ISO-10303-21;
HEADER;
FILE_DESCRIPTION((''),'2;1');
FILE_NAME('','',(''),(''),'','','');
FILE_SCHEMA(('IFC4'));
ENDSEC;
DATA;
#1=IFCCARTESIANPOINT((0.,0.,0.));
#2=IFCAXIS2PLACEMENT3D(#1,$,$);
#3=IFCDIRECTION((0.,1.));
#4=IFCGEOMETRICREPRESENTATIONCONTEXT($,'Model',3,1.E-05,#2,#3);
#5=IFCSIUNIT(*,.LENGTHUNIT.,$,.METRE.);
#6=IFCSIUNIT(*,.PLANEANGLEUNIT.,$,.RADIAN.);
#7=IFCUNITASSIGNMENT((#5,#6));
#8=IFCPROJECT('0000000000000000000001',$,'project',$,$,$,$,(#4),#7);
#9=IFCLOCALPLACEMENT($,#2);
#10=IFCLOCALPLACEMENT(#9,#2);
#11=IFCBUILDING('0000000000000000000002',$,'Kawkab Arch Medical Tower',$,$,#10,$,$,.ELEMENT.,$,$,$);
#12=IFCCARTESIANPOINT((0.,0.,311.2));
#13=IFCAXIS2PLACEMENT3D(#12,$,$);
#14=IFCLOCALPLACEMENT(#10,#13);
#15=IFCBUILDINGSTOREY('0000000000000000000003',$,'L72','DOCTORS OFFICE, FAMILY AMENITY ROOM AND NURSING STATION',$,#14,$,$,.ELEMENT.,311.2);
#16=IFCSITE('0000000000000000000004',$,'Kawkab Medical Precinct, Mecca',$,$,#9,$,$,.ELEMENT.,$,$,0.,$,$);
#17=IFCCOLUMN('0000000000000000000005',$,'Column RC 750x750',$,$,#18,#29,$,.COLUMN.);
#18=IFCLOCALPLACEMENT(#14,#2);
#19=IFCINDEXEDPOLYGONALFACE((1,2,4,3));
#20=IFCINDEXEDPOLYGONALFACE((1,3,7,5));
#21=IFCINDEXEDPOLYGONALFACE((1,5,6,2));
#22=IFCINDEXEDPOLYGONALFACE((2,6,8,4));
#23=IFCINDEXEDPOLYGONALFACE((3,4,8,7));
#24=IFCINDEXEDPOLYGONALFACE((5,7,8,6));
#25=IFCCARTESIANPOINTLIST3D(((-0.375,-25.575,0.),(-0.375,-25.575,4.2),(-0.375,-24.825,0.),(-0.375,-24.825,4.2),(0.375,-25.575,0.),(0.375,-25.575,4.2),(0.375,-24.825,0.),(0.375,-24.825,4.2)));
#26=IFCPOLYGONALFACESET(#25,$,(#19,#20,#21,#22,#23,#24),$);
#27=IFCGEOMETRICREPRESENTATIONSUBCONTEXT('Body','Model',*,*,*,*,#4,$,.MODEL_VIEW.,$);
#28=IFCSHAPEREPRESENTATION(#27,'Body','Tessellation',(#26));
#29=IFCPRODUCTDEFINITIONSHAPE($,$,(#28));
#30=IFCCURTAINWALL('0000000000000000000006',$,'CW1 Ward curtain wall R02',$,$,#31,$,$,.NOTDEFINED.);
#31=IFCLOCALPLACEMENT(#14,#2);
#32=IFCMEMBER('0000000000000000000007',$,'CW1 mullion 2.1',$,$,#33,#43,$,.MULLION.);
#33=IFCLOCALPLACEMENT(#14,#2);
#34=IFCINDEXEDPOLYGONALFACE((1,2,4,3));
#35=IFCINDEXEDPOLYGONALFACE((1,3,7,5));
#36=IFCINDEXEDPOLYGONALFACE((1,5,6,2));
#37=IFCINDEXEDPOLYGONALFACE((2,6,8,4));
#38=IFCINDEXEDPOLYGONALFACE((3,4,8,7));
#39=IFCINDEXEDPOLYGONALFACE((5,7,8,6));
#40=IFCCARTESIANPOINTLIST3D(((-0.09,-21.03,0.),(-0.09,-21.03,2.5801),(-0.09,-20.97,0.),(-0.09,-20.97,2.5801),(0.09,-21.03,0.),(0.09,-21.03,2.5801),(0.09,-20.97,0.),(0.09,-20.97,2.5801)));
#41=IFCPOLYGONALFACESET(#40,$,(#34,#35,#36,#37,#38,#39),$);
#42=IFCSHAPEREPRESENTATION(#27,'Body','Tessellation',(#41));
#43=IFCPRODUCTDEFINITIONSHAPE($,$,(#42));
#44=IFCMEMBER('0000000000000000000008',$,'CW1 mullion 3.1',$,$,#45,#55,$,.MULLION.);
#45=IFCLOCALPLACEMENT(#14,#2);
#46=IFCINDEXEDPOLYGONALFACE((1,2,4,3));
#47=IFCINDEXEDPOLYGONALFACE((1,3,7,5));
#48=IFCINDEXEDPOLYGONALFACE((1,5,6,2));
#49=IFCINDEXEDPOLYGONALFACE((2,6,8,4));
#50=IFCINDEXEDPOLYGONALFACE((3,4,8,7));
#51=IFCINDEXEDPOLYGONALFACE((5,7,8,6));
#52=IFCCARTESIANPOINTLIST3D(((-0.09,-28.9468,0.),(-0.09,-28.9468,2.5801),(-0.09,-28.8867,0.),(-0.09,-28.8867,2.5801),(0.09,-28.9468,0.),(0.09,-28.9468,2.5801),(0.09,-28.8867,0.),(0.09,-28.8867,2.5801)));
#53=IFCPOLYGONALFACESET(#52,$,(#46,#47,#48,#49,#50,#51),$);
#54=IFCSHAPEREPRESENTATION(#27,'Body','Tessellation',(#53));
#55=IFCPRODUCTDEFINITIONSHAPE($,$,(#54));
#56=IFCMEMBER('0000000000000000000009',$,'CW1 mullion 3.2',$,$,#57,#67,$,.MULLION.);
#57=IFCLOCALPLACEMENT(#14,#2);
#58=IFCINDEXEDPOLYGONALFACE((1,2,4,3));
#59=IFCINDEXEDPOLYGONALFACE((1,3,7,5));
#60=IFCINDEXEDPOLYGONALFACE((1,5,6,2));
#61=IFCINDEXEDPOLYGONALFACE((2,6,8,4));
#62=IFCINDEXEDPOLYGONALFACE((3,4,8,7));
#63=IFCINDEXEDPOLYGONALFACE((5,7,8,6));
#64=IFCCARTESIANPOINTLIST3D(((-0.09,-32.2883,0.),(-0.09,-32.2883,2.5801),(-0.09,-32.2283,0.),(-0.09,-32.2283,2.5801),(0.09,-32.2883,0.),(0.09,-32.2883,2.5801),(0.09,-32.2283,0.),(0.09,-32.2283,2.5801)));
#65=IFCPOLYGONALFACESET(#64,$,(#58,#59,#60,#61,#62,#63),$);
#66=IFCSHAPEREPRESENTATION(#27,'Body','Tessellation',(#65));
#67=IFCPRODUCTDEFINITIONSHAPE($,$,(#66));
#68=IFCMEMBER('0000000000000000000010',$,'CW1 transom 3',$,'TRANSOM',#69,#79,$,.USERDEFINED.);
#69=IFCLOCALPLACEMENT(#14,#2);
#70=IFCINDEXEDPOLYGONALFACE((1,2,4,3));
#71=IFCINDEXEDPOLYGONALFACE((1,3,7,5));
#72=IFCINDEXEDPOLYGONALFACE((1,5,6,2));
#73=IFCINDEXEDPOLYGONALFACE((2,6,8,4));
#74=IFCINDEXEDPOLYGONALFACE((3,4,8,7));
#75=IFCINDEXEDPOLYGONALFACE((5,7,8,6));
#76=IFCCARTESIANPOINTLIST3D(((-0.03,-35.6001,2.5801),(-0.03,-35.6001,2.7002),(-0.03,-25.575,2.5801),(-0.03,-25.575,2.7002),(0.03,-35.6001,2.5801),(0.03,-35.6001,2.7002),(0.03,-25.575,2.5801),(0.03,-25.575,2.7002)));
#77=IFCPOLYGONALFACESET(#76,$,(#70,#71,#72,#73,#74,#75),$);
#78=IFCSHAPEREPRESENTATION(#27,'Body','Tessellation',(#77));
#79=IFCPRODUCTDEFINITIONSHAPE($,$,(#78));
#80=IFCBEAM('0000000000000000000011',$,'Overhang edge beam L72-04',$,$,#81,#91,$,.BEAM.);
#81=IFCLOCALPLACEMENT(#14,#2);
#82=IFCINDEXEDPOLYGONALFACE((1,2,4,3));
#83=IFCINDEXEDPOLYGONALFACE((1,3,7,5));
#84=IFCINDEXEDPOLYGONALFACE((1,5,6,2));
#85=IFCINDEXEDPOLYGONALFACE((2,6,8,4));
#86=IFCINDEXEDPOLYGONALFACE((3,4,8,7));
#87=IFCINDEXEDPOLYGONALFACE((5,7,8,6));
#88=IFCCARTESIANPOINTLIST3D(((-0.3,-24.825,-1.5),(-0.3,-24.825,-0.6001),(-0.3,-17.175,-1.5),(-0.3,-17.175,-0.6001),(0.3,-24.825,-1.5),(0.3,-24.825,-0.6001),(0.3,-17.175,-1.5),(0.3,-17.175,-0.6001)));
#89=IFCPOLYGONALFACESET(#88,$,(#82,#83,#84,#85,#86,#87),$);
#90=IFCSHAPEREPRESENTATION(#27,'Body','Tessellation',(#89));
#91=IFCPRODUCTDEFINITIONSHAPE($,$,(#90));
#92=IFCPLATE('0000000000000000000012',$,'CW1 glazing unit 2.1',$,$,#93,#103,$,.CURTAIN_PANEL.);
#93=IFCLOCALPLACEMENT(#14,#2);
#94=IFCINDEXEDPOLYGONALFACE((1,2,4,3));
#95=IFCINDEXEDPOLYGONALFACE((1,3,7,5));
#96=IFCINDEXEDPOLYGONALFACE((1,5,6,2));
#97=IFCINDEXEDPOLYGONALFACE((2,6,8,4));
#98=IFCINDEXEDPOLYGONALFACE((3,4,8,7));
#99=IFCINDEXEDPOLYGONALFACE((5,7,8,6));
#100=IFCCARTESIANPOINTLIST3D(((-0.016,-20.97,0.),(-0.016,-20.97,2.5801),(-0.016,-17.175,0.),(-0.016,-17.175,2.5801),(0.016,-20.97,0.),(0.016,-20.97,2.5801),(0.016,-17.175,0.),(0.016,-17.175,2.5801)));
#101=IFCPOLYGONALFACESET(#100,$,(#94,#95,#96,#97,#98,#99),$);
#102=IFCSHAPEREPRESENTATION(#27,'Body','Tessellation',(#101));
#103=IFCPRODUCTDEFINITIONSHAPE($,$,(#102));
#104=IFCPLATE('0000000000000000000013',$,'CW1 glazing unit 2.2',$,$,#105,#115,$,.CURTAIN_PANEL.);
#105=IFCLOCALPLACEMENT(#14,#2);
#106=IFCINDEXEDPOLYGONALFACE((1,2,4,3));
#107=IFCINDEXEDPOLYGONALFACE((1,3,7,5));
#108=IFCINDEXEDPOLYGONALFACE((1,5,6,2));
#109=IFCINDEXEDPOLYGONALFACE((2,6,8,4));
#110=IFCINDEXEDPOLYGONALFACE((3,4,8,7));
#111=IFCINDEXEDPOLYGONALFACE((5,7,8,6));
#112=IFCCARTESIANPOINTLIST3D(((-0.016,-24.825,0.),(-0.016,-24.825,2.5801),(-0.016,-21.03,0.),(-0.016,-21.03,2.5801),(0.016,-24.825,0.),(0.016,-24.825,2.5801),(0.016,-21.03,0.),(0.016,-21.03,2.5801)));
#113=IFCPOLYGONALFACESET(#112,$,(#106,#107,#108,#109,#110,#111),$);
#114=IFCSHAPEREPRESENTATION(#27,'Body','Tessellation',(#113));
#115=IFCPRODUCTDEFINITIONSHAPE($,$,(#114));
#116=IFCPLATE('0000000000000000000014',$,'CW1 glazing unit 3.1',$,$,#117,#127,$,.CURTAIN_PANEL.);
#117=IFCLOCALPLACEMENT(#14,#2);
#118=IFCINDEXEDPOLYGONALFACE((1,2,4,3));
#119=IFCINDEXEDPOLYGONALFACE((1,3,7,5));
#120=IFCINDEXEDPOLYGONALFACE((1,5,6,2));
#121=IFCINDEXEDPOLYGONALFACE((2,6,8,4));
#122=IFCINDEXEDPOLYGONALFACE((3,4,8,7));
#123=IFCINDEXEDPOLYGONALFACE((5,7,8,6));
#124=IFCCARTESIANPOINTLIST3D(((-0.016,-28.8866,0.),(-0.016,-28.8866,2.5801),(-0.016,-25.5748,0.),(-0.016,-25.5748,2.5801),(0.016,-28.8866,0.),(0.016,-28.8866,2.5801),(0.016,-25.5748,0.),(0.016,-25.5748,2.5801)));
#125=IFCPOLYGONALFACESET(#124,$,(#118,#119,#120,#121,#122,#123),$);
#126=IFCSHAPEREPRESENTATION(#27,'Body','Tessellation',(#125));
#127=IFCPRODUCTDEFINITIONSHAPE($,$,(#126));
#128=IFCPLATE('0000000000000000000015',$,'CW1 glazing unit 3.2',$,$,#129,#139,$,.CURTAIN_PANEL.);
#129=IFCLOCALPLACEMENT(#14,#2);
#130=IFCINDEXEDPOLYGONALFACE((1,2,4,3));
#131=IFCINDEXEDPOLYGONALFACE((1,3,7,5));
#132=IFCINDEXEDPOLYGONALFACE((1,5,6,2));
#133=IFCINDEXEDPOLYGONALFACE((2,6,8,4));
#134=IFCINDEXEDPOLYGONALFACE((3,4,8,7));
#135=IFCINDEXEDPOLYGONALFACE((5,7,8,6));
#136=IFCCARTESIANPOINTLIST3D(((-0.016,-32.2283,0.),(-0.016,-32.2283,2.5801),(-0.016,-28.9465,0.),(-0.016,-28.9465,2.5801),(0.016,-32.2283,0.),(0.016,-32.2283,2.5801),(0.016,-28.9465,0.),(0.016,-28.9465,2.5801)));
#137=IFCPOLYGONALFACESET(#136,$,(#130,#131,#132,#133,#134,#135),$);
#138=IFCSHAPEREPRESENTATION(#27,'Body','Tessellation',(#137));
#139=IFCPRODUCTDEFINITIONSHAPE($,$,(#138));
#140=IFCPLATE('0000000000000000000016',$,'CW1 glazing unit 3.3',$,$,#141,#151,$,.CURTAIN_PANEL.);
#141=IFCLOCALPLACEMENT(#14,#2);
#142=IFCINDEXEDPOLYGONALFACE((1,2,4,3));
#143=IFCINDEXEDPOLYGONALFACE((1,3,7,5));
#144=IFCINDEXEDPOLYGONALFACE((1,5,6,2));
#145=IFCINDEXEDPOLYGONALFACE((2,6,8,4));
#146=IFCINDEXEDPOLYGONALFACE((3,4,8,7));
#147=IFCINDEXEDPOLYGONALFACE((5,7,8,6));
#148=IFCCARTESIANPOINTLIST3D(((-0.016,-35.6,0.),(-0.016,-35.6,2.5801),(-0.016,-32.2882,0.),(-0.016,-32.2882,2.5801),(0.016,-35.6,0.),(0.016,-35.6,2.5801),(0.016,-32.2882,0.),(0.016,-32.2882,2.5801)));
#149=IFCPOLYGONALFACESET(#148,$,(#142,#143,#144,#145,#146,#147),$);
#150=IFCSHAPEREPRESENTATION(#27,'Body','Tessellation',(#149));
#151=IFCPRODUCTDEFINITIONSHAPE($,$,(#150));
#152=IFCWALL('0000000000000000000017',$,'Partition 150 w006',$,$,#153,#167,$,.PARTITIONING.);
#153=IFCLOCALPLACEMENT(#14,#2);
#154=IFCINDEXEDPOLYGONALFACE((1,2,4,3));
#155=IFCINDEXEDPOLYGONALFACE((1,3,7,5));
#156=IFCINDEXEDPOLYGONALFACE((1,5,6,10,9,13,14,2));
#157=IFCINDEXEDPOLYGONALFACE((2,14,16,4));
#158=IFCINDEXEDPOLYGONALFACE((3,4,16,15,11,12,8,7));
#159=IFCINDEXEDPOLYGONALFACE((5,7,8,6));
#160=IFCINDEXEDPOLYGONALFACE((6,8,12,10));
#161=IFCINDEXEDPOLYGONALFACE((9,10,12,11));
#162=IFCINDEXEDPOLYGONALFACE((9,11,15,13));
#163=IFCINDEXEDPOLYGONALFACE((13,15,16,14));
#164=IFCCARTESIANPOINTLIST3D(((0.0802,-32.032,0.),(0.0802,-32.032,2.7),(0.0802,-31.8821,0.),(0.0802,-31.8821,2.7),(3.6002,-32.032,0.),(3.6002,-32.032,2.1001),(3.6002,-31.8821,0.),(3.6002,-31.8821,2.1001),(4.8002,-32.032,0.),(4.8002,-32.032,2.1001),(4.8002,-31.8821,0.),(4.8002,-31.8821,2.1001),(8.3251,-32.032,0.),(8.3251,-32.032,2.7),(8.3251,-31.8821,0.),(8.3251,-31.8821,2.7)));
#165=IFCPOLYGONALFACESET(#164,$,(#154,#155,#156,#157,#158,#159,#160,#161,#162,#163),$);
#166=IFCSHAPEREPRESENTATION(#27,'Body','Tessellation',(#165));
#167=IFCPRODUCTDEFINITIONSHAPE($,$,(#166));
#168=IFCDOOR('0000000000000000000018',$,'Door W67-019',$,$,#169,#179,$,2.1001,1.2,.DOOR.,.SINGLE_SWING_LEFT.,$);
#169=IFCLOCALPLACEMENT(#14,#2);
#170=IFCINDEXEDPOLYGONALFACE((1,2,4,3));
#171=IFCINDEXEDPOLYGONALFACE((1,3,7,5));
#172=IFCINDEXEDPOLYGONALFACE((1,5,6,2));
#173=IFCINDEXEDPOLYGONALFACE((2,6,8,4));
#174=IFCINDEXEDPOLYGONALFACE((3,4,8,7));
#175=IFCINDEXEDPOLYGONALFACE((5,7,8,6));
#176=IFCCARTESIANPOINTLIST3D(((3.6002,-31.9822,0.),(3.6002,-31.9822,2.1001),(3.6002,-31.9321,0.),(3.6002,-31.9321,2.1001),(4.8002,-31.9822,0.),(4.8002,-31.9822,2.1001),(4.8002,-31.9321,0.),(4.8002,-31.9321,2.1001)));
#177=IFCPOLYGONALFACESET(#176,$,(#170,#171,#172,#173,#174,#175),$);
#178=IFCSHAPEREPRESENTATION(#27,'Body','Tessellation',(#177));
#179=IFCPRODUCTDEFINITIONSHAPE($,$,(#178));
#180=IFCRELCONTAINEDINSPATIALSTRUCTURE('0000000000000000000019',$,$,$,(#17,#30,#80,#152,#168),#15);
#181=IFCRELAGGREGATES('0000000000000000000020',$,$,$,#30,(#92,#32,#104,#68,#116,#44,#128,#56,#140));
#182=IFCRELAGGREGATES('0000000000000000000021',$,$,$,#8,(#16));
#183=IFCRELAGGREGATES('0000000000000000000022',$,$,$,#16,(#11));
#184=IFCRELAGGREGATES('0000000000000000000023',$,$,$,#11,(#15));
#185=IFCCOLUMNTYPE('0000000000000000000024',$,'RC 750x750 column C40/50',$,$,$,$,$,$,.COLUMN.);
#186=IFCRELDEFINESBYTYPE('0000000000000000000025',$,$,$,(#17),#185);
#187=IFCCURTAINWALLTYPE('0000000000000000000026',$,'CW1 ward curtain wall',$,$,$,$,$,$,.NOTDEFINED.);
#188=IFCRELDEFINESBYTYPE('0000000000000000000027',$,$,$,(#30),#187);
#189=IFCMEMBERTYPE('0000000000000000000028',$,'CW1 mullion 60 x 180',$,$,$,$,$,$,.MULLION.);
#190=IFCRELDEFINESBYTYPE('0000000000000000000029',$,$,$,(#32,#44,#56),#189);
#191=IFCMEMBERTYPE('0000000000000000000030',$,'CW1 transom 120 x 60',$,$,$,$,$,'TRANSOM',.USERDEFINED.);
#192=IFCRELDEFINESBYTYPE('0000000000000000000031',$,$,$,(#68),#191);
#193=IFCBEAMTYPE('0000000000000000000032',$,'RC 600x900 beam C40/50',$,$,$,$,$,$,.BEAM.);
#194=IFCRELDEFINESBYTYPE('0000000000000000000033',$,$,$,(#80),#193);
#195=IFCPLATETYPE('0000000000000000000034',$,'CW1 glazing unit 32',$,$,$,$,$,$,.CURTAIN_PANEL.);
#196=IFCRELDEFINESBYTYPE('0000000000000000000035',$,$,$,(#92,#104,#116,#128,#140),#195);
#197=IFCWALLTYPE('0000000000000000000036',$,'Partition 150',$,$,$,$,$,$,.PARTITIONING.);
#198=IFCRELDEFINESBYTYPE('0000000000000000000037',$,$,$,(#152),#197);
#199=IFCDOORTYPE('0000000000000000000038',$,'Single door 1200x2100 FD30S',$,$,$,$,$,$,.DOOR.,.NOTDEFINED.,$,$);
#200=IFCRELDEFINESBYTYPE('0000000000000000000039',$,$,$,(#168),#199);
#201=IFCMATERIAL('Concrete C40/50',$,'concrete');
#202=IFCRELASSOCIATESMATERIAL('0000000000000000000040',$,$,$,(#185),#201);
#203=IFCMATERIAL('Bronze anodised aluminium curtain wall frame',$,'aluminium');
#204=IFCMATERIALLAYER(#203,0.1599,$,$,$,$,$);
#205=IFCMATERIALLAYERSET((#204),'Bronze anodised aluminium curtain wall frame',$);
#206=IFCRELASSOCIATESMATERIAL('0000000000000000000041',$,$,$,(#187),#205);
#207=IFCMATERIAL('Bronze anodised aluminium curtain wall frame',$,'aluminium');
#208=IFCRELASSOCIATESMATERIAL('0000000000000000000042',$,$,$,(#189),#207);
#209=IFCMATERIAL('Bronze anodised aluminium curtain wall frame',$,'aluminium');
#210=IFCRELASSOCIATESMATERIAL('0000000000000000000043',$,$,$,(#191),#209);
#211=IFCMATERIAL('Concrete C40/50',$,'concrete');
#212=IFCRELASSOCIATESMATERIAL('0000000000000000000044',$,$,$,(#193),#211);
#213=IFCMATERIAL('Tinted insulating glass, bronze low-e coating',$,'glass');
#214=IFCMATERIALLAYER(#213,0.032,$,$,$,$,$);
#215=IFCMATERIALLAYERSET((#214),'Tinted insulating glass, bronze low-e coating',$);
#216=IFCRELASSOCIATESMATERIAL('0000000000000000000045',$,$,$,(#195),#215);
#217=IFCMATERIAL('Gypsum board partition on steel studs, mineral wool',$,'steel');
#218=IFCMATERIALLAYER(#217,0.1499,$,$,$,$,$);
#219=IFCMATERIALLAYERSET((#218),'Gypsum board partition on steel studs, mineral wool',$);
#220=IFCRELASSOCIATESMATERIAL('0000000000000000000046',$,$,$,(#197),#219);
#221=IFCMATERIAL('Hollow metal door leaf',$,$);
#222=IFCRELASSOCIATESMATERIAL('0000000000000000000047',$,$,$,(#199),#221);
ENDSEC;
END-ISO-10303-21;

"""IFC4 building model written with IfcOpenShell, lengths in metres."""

from ifc_helpers import new_model, si_unit, direction, frame, frame_2d, origin, origin_2d, place, context, subcontext, project, spatial, rectangle, extrude, material, layer, layer_set, material_profile, profile_set, type_object, element, fill, aggregate, save


model = new_model("IFC4")

# Units and contexts
model_context = context("Model", 3, precision=1e-05, world=origin(), true_north=direction((0.0, 1.0)))
body_context = subcontext(model_context, "Body", "Model", "MODEL_VIEW")
ifc_project = project(units=[si_unit("LENGTHUNIT", "METRE"), si_unit("PLANEANGLEUNIT", "RADIAN")], contexts=[model_context])

# Site, building, storey
site_placement = place(None, origin())
site = spatial("IfcSite", under=ifc_project, at=site_placement, Name="Kawkab Medical Precinct, Mecca", CompositionType="ELEMENT", RefElevation=0.0)
building_placement = place(site_placement, origin())
building = spatial("IfcBuilding", under=site, at=building_placement, Name="Kawkab Arch Medical Tower", CompositionType="ELEMENT")
storey_placement = place(building_placement, frame((0.0, 0.0, 311.2)))
storey = spatial("IfcBuildingStorey", under=building, at=storey_placement, Name="L72", Description="DOCTORS OFFICE, FAMILY AMENITY ROOM AND NURSING STATION", CompositionType="ELEMENT", Elevation=311.2)

# Column
ifc_material_1 = material(Name="Concrete C40/50", Category="concrete")
ifc_material_profile_1 = material_profile(ifc_material_1, rectangle(XDim=0.75, YDim=0.75, at=origin_2d()), Name="RC 750x750")
ifc_profile_set_1 = profile_set([ifc_material_profile_1], Name="Concrete C40/50")
column_type = type_object("IfcColumnType", Name="RC 750x750 column C40/50", PredefinedType="COLUMN", material=ifc_profile_set_1)
column_placement = place(storey_placement, frame((0.0, -25.2, 0.0), z_axis=(0.0, 0.0, 1.0), x_axis=(1.0, 0.0, 0.0)))
element("IfcColumn", 1, at=column_placement, inside=storey, type_object=column_type, Name="Column RC 750x750", PredefinedType="COLUMN", context=body_context, shape_type="SweptSolid", body=[
    extrude(rectangle(XDim=0.75, YDim=0.75, at=origin_2d()), origin(), (0.0, 0.0, 1.0), 4.2),
])

# Curtain wall, members
ifc_material_2 = material(Name="Bronze anodised aluminium curtain wall frame", Category="aluminium")
ifc_layer_1 = layer(ifc_material_2, 0.1599)
ifc_layer_set_1 = layer_set([ifc_layer_1], Name="Bronze anodised aluminium curtain wall frame")
curtain_wall_type = type_object("IfcCurtainWallType", Name="CW1 ward curtain wall", PredefinedType="NOTDEFINED", material=ifc_layer_set_1)
curtain_wall_placement = place(storey_placement, origin())
curtain_wall = element("IfcCurtainWall", 2, at=curtain_wall_placement, inside=storey, type_object=curtain_wall_type, Name="CW1 Ward curtain wall R02", PredefinedType="NOTDEFINED")
ifc_material_3 = material(Name="Bronze anodised aluminium curtain wall frame", Category="aluminium")
ifc_material_profile_2 = material_profile(ifc_material_3, rectangle(XDim=0.1799, YDim=0.0601, at=origin_2d()), Name="AL 60x180")
ifc_profile_set_2 = profile_set([ifc_material_profile_2], Name="Bronze anodised aluminium curtain wall frame")
member_type_1 = type_object("IfcMemberType", Name="CW1 mullion 60 x 180", PredefinedType="MULLION", material=ifc_profile_set_2)
member_1_placement = place(storey_placement, frame((0.0, -21.0, 0.0), z_axis=(0.0, 0.0, 1.0), x_axis=(1.0, 0.0, 0.0)))
member_1 = element("IfcMember", 3, at=member_1_placement, type_object=member_type_1, Name="CW1 mullion 2.1", PredefinedType="MULLION", context=body_context, shape_type="SweptSolid", body=[
    extrude(rectangle(XDim=0.1799, YDim=0.0601, at=origin_2d()), origin(), (0.0, 0.0, 1.0), 2.5801),
])
member_2_placement = place(storey_placement, frame((0.0, -28.9167, 0.0), z_axis=(0.0, 0.0, 1.0), x_axis=(1.0, 0.0, 0.0)))
member_2 = element("IfcMember", 4, at=member_2_placement, type_object=member_type_1, Name="CW1 mullion 3.1", PredefinedType="MULLION", context=body_context, shape_type="SweptSolid", body=[
    extrude(rectangle(XDim=0.1799, YDim=0.0601, at=origin_2d()), origin(), (0.0, 0.0, 1.0), 2.5801),
])
member_3_placement = place(storey_placement, frame((0.0, -32.2583, 0.0), z_axis=(0.0, 0.0, 1.0), x_axis=(1.0, 0.0, 0.0)))
member_3 = element("IfcMember", 5, at=member_3_placement, type_object=member_type_1, Name="CW1 mullion 3.2", PredefinedType="MULLION", context=body_context, shape_type="SweptSolid", body=[
    extrude(rectangle(XDim=0.1799, YDim=0.0601, at=origin_2d()), origin(), (0.0, 0.0, 1.0), 2.5801),
])
ifc_material_4 = material(Name="Bronze anodised aluminium curtain wall frame", Category="aluminium")
ifc_material_profile_3 = material_profile(ifc_material_4, rectangle(XDim=0.0601, YDim=0.1201, at=origin_2d()), Name="AL 60x120")
ifc_profile_set_3 = profile_set([ifc_material_profile_3], Name="Bronze anodised aluminium curtain wall frame")
member_type_2 = type_object("IfcMemberType", Name="CW1 transom 120 x 60", ElementType="TRANSOM", PredefinedType="USERDEFINED", material=ifc_profile_set_3)
member_4_placement = place(storey_placement, frame((0.0, -25.575, 2.6401), z_axis=(0.0, -1.0, 0.0), x_axis=(1.0, 0.0, 0.0)))
member_4 = element("IfcMember", 6, at=member_4_placement, type_object=member_type_2, Name="CW1 transom 3", ObjectType="TRANSOM", PredefinedType="USERDEFINED", context=body_context, shape_type="SweptSolid", body=[
    extrude(rectangle(XDim=0.0601, YDim=0.1201, at=origin_2d()), origin(), (0.0, 0.0, 1.0), 10.0251),
])

# Beam
ifc_material_5 = material(Name="Concrete C40/50", Category="concrete")
ifc_material_profile_4 = material_profile(ifc_material_5, rectangle(XDim=0.6001, YDim=0.8999, at=origin_2d()), Name="RC 600x900")
ifc_profile_set_4 = profile_set([ifc_material_profile_4], Name="Concrete C40/50")
beam_type = type_object("IfcBeamType", Name="RC 600x900 beam C40/50", PredefinedType="BEAM", material=ifc_profile_set_4)
beam_placement = place(storey_placement, frame((0.0, -24.825, -1.05), z_axis=(0.0, 1.0, 0.0), x_axis=(-1.0, 0.0, 0.0)))
element("IfcBeam", 7, at=beam_placement, inside=storey, type_object=beam_type, Name="Overhang edge beam L72-04", PredefinedType="BEAM", context=body_context, shape_type="SweptSolid", body=[
    extrude(rectangle(XDim=0.6001, YDim=0.8999, at=origin_2d()), origin(), (0.0, 0.0, 1.0), 7.6499),
])

# Plates
ifc_material_6 = material(Name="Tinted insulating glass, bronze low-e coating", Category="glass")
ifc_layer_2 = layer(ifc_material_6, 0.032)
ifc_layer_set_2 = layer_set([ifc_layer_2], Name="Tinted insulating glass, bronze low-e coating")
plate_type = type_object("IfcPlateType", Name="CW1 glazing unit 32", PredefinedType="CURTAIN_PANEL", material=ifc_layer_set_2)
plate_1_placement = place(storey_placement, frame((0.0, -19.0725, 0.0), z_axis=(0.0, 0.0, 1.0), x_axis=(0.0, -1.0, 0.0)))
plate_1 = element("IfcPlate", 8, at=plate_1_placement, type_object=plate_type, Name="CW1 glazing unit 2.1", PredefinedType="CURTAIN_PANEL", context=body_context, shape_type="SweptSolid", body=[
    extrude(rectangle(XDim=3.7949, YDim=0.032, at=origin_2d()), origin(), (0.0, 0.0, 1.0), 2.5801),
])
plate_2_placement = place(storey_placement, frame((0.0, -22.9275, 0.0), z_axis=(0.0, 0.0, 1.0), x_axis=(0.0, -1.0, 0.0)))
plate_2 = element("IfcPlate", 9, at=plate_2_placement, type_object=plate_type, Name="CW1 glazing unit 2.2", PredefinedType="CURTAIN_PANEL", context=body_context, shape_type="SweptSolid", body=[
    extrude(rectangle(XDim=3.7949, YDim=0.032, at=origin_2d()), origin(), (0.0, 0.0, 1.0), 2.5801),
])
plate_3_placement = place(storey_placement, frame((0.0, -27.2307, 0.0), z_axis=(0.0, 0.0, 1.0), x_axis=(0.0, -1.0, 0.0)))
plate_3 = element("IfcPlate", 10, at=plate_3_placement, type_object=plate_type, Name="CW1 glazing unit 3.1", PredefinedType="CURTAIN_PANEL", context=body_context, shape_type="SweptSolid", body=[
    extrude(rectangle(XDim=3.3118, YDim=0.032, at=origin_2d()), origin(), (0.0, 0.0, 1.0), 2.5801),
])
plate_4_placement = place(storey_placement, frame((0.0, -30.5874, 0.0), z_axis=(0.0, 0.0, 1.0), x_axis=(0.0, -1.0, 0.0)))
plate_4 = element("IfcPlate", 11, at=plate_4_placement, type_object=plate_type, Name="CW1 glazing unit 3.2", PredefinedType="CURTAIN_PANEL", context=body_context, shape_type="SweptSolid", body=[
    extrude(rectangle(XDim=3.2817, YDim=0.032, at=origin_2d()), origin(), (0.0, 0.0, 1.0), 2.5801),
])
plate_5_placement = place(storey_placement, frame((0.0, -33.9441, 0.0), z_axis=(0.0, 0.0, 1.0), x_axis=(0.0, -1.0, 0.0)))
plate_5 = element("IfcPlate", 12, at=plate_5_placement, type_object=plate_type, Name="CW1 glazing unit 3.3", PredefinedType="CURTAIN_PANEL", context=body_context, shape_type="SweptSolid", body=[
    extrude(rectangle(XDim=3.3118, YDim=0.032, at=origin_2d()), origin(), (0.0, 0.0, 1.0), 2.5801),
])
aggregate(curtain_wall, [plate_1, member_1, plate_2, member_4, plate_3, member_2, plate_4, member_3, plate_5])

# Wall, opening, door
ifc_material_7 = material(Name="Gypsum board partition on steel studs, mineral wool", Category="steel")
ifc_layer_3 = layer(ifc_material_7, 0.1499)
ifc_layer_set_3 = layer_set([ifc_layer_3], Name="Gypsum board partition on steel studs, mineral wool")
wall_type_1 = type_object("IfcWallType", Name="Partition 150", PredefinedType="PARTITIONING", material=ifc_layer_set_3)
wall_1_placement = place(storey_placement, frame((0.0801, -31.957, 0.0), z_axis=(0.0, 0.0, 1.0), x_axis=(1.0, 0.0, 0.0)))
wall_1 = element("IfcWall", 13, at=wall_1_placement, inside=storey, type_object=wall_type_1, Name="Partition 150 w006", PredefinedType="PARTITIONING", context=body_context, shape_type="SweptSolid", body=[
    extrude(rectangle(XDim=8.2449, YDim=0.1499, at=frame_2d((4.1226, 0.0))), origin(), (0.0, 0.0, 1.0), 2.7),
])
opening_placement = place(wall_1_placement, frame((3.52, 0.0, 0.0)))
opening = element("IfcOpeningElement", 14, at=opening_placement, cuts=wall_1, PredefinedType="OPENING", context=body_context, shape_type="SweptSolid", body=[
    extrude(rectangle(XDim=1.2, YDim=2.1001, at=frame_2d((0.6001, 1.05))), frame((0.0, 0.085, 0.0), z_axis=(0.0, -1.0, 0.0), x_axis=(1.0, 0.0, 0.0)), (0.0, 0.0, 1.0), 0.1699),
])
ifc_material_8 = material(Name="Hollow metal door leaf")
door_type = type_object("IfcDoorType", Name="Single door 1200x2100 FD30S", OperationType="NOTDEFINED", PredefinedType="DOOR", material=ifc_material_8)
door_placement = place(opening_placement, origin())
door = element("IfcDoor", 15, at=door_placement, inside=storey, type_object=door_type, Name="Door W67-019", OperationType="SINGLE_SWING_LEFT", OverallHeight=2.1001, OverallWidth=1.2, PredefinedType="DOOR", context=body_context, shape_type="SweptSolid", body=[
    extrude(rectangle(XDim=1.2, YDim=2.1001, at=frame_2d((0.6001, 1.05))), frame((0.0, 0.0249, 0.0), z_axis=(0.0, -1.0, 0.0), x_axis=(1.0, 0.0, 0.0)), (0.0, 0.0, 1.0), 0.05),
])
fill(opening, door)

save(model, "model.ifc")
